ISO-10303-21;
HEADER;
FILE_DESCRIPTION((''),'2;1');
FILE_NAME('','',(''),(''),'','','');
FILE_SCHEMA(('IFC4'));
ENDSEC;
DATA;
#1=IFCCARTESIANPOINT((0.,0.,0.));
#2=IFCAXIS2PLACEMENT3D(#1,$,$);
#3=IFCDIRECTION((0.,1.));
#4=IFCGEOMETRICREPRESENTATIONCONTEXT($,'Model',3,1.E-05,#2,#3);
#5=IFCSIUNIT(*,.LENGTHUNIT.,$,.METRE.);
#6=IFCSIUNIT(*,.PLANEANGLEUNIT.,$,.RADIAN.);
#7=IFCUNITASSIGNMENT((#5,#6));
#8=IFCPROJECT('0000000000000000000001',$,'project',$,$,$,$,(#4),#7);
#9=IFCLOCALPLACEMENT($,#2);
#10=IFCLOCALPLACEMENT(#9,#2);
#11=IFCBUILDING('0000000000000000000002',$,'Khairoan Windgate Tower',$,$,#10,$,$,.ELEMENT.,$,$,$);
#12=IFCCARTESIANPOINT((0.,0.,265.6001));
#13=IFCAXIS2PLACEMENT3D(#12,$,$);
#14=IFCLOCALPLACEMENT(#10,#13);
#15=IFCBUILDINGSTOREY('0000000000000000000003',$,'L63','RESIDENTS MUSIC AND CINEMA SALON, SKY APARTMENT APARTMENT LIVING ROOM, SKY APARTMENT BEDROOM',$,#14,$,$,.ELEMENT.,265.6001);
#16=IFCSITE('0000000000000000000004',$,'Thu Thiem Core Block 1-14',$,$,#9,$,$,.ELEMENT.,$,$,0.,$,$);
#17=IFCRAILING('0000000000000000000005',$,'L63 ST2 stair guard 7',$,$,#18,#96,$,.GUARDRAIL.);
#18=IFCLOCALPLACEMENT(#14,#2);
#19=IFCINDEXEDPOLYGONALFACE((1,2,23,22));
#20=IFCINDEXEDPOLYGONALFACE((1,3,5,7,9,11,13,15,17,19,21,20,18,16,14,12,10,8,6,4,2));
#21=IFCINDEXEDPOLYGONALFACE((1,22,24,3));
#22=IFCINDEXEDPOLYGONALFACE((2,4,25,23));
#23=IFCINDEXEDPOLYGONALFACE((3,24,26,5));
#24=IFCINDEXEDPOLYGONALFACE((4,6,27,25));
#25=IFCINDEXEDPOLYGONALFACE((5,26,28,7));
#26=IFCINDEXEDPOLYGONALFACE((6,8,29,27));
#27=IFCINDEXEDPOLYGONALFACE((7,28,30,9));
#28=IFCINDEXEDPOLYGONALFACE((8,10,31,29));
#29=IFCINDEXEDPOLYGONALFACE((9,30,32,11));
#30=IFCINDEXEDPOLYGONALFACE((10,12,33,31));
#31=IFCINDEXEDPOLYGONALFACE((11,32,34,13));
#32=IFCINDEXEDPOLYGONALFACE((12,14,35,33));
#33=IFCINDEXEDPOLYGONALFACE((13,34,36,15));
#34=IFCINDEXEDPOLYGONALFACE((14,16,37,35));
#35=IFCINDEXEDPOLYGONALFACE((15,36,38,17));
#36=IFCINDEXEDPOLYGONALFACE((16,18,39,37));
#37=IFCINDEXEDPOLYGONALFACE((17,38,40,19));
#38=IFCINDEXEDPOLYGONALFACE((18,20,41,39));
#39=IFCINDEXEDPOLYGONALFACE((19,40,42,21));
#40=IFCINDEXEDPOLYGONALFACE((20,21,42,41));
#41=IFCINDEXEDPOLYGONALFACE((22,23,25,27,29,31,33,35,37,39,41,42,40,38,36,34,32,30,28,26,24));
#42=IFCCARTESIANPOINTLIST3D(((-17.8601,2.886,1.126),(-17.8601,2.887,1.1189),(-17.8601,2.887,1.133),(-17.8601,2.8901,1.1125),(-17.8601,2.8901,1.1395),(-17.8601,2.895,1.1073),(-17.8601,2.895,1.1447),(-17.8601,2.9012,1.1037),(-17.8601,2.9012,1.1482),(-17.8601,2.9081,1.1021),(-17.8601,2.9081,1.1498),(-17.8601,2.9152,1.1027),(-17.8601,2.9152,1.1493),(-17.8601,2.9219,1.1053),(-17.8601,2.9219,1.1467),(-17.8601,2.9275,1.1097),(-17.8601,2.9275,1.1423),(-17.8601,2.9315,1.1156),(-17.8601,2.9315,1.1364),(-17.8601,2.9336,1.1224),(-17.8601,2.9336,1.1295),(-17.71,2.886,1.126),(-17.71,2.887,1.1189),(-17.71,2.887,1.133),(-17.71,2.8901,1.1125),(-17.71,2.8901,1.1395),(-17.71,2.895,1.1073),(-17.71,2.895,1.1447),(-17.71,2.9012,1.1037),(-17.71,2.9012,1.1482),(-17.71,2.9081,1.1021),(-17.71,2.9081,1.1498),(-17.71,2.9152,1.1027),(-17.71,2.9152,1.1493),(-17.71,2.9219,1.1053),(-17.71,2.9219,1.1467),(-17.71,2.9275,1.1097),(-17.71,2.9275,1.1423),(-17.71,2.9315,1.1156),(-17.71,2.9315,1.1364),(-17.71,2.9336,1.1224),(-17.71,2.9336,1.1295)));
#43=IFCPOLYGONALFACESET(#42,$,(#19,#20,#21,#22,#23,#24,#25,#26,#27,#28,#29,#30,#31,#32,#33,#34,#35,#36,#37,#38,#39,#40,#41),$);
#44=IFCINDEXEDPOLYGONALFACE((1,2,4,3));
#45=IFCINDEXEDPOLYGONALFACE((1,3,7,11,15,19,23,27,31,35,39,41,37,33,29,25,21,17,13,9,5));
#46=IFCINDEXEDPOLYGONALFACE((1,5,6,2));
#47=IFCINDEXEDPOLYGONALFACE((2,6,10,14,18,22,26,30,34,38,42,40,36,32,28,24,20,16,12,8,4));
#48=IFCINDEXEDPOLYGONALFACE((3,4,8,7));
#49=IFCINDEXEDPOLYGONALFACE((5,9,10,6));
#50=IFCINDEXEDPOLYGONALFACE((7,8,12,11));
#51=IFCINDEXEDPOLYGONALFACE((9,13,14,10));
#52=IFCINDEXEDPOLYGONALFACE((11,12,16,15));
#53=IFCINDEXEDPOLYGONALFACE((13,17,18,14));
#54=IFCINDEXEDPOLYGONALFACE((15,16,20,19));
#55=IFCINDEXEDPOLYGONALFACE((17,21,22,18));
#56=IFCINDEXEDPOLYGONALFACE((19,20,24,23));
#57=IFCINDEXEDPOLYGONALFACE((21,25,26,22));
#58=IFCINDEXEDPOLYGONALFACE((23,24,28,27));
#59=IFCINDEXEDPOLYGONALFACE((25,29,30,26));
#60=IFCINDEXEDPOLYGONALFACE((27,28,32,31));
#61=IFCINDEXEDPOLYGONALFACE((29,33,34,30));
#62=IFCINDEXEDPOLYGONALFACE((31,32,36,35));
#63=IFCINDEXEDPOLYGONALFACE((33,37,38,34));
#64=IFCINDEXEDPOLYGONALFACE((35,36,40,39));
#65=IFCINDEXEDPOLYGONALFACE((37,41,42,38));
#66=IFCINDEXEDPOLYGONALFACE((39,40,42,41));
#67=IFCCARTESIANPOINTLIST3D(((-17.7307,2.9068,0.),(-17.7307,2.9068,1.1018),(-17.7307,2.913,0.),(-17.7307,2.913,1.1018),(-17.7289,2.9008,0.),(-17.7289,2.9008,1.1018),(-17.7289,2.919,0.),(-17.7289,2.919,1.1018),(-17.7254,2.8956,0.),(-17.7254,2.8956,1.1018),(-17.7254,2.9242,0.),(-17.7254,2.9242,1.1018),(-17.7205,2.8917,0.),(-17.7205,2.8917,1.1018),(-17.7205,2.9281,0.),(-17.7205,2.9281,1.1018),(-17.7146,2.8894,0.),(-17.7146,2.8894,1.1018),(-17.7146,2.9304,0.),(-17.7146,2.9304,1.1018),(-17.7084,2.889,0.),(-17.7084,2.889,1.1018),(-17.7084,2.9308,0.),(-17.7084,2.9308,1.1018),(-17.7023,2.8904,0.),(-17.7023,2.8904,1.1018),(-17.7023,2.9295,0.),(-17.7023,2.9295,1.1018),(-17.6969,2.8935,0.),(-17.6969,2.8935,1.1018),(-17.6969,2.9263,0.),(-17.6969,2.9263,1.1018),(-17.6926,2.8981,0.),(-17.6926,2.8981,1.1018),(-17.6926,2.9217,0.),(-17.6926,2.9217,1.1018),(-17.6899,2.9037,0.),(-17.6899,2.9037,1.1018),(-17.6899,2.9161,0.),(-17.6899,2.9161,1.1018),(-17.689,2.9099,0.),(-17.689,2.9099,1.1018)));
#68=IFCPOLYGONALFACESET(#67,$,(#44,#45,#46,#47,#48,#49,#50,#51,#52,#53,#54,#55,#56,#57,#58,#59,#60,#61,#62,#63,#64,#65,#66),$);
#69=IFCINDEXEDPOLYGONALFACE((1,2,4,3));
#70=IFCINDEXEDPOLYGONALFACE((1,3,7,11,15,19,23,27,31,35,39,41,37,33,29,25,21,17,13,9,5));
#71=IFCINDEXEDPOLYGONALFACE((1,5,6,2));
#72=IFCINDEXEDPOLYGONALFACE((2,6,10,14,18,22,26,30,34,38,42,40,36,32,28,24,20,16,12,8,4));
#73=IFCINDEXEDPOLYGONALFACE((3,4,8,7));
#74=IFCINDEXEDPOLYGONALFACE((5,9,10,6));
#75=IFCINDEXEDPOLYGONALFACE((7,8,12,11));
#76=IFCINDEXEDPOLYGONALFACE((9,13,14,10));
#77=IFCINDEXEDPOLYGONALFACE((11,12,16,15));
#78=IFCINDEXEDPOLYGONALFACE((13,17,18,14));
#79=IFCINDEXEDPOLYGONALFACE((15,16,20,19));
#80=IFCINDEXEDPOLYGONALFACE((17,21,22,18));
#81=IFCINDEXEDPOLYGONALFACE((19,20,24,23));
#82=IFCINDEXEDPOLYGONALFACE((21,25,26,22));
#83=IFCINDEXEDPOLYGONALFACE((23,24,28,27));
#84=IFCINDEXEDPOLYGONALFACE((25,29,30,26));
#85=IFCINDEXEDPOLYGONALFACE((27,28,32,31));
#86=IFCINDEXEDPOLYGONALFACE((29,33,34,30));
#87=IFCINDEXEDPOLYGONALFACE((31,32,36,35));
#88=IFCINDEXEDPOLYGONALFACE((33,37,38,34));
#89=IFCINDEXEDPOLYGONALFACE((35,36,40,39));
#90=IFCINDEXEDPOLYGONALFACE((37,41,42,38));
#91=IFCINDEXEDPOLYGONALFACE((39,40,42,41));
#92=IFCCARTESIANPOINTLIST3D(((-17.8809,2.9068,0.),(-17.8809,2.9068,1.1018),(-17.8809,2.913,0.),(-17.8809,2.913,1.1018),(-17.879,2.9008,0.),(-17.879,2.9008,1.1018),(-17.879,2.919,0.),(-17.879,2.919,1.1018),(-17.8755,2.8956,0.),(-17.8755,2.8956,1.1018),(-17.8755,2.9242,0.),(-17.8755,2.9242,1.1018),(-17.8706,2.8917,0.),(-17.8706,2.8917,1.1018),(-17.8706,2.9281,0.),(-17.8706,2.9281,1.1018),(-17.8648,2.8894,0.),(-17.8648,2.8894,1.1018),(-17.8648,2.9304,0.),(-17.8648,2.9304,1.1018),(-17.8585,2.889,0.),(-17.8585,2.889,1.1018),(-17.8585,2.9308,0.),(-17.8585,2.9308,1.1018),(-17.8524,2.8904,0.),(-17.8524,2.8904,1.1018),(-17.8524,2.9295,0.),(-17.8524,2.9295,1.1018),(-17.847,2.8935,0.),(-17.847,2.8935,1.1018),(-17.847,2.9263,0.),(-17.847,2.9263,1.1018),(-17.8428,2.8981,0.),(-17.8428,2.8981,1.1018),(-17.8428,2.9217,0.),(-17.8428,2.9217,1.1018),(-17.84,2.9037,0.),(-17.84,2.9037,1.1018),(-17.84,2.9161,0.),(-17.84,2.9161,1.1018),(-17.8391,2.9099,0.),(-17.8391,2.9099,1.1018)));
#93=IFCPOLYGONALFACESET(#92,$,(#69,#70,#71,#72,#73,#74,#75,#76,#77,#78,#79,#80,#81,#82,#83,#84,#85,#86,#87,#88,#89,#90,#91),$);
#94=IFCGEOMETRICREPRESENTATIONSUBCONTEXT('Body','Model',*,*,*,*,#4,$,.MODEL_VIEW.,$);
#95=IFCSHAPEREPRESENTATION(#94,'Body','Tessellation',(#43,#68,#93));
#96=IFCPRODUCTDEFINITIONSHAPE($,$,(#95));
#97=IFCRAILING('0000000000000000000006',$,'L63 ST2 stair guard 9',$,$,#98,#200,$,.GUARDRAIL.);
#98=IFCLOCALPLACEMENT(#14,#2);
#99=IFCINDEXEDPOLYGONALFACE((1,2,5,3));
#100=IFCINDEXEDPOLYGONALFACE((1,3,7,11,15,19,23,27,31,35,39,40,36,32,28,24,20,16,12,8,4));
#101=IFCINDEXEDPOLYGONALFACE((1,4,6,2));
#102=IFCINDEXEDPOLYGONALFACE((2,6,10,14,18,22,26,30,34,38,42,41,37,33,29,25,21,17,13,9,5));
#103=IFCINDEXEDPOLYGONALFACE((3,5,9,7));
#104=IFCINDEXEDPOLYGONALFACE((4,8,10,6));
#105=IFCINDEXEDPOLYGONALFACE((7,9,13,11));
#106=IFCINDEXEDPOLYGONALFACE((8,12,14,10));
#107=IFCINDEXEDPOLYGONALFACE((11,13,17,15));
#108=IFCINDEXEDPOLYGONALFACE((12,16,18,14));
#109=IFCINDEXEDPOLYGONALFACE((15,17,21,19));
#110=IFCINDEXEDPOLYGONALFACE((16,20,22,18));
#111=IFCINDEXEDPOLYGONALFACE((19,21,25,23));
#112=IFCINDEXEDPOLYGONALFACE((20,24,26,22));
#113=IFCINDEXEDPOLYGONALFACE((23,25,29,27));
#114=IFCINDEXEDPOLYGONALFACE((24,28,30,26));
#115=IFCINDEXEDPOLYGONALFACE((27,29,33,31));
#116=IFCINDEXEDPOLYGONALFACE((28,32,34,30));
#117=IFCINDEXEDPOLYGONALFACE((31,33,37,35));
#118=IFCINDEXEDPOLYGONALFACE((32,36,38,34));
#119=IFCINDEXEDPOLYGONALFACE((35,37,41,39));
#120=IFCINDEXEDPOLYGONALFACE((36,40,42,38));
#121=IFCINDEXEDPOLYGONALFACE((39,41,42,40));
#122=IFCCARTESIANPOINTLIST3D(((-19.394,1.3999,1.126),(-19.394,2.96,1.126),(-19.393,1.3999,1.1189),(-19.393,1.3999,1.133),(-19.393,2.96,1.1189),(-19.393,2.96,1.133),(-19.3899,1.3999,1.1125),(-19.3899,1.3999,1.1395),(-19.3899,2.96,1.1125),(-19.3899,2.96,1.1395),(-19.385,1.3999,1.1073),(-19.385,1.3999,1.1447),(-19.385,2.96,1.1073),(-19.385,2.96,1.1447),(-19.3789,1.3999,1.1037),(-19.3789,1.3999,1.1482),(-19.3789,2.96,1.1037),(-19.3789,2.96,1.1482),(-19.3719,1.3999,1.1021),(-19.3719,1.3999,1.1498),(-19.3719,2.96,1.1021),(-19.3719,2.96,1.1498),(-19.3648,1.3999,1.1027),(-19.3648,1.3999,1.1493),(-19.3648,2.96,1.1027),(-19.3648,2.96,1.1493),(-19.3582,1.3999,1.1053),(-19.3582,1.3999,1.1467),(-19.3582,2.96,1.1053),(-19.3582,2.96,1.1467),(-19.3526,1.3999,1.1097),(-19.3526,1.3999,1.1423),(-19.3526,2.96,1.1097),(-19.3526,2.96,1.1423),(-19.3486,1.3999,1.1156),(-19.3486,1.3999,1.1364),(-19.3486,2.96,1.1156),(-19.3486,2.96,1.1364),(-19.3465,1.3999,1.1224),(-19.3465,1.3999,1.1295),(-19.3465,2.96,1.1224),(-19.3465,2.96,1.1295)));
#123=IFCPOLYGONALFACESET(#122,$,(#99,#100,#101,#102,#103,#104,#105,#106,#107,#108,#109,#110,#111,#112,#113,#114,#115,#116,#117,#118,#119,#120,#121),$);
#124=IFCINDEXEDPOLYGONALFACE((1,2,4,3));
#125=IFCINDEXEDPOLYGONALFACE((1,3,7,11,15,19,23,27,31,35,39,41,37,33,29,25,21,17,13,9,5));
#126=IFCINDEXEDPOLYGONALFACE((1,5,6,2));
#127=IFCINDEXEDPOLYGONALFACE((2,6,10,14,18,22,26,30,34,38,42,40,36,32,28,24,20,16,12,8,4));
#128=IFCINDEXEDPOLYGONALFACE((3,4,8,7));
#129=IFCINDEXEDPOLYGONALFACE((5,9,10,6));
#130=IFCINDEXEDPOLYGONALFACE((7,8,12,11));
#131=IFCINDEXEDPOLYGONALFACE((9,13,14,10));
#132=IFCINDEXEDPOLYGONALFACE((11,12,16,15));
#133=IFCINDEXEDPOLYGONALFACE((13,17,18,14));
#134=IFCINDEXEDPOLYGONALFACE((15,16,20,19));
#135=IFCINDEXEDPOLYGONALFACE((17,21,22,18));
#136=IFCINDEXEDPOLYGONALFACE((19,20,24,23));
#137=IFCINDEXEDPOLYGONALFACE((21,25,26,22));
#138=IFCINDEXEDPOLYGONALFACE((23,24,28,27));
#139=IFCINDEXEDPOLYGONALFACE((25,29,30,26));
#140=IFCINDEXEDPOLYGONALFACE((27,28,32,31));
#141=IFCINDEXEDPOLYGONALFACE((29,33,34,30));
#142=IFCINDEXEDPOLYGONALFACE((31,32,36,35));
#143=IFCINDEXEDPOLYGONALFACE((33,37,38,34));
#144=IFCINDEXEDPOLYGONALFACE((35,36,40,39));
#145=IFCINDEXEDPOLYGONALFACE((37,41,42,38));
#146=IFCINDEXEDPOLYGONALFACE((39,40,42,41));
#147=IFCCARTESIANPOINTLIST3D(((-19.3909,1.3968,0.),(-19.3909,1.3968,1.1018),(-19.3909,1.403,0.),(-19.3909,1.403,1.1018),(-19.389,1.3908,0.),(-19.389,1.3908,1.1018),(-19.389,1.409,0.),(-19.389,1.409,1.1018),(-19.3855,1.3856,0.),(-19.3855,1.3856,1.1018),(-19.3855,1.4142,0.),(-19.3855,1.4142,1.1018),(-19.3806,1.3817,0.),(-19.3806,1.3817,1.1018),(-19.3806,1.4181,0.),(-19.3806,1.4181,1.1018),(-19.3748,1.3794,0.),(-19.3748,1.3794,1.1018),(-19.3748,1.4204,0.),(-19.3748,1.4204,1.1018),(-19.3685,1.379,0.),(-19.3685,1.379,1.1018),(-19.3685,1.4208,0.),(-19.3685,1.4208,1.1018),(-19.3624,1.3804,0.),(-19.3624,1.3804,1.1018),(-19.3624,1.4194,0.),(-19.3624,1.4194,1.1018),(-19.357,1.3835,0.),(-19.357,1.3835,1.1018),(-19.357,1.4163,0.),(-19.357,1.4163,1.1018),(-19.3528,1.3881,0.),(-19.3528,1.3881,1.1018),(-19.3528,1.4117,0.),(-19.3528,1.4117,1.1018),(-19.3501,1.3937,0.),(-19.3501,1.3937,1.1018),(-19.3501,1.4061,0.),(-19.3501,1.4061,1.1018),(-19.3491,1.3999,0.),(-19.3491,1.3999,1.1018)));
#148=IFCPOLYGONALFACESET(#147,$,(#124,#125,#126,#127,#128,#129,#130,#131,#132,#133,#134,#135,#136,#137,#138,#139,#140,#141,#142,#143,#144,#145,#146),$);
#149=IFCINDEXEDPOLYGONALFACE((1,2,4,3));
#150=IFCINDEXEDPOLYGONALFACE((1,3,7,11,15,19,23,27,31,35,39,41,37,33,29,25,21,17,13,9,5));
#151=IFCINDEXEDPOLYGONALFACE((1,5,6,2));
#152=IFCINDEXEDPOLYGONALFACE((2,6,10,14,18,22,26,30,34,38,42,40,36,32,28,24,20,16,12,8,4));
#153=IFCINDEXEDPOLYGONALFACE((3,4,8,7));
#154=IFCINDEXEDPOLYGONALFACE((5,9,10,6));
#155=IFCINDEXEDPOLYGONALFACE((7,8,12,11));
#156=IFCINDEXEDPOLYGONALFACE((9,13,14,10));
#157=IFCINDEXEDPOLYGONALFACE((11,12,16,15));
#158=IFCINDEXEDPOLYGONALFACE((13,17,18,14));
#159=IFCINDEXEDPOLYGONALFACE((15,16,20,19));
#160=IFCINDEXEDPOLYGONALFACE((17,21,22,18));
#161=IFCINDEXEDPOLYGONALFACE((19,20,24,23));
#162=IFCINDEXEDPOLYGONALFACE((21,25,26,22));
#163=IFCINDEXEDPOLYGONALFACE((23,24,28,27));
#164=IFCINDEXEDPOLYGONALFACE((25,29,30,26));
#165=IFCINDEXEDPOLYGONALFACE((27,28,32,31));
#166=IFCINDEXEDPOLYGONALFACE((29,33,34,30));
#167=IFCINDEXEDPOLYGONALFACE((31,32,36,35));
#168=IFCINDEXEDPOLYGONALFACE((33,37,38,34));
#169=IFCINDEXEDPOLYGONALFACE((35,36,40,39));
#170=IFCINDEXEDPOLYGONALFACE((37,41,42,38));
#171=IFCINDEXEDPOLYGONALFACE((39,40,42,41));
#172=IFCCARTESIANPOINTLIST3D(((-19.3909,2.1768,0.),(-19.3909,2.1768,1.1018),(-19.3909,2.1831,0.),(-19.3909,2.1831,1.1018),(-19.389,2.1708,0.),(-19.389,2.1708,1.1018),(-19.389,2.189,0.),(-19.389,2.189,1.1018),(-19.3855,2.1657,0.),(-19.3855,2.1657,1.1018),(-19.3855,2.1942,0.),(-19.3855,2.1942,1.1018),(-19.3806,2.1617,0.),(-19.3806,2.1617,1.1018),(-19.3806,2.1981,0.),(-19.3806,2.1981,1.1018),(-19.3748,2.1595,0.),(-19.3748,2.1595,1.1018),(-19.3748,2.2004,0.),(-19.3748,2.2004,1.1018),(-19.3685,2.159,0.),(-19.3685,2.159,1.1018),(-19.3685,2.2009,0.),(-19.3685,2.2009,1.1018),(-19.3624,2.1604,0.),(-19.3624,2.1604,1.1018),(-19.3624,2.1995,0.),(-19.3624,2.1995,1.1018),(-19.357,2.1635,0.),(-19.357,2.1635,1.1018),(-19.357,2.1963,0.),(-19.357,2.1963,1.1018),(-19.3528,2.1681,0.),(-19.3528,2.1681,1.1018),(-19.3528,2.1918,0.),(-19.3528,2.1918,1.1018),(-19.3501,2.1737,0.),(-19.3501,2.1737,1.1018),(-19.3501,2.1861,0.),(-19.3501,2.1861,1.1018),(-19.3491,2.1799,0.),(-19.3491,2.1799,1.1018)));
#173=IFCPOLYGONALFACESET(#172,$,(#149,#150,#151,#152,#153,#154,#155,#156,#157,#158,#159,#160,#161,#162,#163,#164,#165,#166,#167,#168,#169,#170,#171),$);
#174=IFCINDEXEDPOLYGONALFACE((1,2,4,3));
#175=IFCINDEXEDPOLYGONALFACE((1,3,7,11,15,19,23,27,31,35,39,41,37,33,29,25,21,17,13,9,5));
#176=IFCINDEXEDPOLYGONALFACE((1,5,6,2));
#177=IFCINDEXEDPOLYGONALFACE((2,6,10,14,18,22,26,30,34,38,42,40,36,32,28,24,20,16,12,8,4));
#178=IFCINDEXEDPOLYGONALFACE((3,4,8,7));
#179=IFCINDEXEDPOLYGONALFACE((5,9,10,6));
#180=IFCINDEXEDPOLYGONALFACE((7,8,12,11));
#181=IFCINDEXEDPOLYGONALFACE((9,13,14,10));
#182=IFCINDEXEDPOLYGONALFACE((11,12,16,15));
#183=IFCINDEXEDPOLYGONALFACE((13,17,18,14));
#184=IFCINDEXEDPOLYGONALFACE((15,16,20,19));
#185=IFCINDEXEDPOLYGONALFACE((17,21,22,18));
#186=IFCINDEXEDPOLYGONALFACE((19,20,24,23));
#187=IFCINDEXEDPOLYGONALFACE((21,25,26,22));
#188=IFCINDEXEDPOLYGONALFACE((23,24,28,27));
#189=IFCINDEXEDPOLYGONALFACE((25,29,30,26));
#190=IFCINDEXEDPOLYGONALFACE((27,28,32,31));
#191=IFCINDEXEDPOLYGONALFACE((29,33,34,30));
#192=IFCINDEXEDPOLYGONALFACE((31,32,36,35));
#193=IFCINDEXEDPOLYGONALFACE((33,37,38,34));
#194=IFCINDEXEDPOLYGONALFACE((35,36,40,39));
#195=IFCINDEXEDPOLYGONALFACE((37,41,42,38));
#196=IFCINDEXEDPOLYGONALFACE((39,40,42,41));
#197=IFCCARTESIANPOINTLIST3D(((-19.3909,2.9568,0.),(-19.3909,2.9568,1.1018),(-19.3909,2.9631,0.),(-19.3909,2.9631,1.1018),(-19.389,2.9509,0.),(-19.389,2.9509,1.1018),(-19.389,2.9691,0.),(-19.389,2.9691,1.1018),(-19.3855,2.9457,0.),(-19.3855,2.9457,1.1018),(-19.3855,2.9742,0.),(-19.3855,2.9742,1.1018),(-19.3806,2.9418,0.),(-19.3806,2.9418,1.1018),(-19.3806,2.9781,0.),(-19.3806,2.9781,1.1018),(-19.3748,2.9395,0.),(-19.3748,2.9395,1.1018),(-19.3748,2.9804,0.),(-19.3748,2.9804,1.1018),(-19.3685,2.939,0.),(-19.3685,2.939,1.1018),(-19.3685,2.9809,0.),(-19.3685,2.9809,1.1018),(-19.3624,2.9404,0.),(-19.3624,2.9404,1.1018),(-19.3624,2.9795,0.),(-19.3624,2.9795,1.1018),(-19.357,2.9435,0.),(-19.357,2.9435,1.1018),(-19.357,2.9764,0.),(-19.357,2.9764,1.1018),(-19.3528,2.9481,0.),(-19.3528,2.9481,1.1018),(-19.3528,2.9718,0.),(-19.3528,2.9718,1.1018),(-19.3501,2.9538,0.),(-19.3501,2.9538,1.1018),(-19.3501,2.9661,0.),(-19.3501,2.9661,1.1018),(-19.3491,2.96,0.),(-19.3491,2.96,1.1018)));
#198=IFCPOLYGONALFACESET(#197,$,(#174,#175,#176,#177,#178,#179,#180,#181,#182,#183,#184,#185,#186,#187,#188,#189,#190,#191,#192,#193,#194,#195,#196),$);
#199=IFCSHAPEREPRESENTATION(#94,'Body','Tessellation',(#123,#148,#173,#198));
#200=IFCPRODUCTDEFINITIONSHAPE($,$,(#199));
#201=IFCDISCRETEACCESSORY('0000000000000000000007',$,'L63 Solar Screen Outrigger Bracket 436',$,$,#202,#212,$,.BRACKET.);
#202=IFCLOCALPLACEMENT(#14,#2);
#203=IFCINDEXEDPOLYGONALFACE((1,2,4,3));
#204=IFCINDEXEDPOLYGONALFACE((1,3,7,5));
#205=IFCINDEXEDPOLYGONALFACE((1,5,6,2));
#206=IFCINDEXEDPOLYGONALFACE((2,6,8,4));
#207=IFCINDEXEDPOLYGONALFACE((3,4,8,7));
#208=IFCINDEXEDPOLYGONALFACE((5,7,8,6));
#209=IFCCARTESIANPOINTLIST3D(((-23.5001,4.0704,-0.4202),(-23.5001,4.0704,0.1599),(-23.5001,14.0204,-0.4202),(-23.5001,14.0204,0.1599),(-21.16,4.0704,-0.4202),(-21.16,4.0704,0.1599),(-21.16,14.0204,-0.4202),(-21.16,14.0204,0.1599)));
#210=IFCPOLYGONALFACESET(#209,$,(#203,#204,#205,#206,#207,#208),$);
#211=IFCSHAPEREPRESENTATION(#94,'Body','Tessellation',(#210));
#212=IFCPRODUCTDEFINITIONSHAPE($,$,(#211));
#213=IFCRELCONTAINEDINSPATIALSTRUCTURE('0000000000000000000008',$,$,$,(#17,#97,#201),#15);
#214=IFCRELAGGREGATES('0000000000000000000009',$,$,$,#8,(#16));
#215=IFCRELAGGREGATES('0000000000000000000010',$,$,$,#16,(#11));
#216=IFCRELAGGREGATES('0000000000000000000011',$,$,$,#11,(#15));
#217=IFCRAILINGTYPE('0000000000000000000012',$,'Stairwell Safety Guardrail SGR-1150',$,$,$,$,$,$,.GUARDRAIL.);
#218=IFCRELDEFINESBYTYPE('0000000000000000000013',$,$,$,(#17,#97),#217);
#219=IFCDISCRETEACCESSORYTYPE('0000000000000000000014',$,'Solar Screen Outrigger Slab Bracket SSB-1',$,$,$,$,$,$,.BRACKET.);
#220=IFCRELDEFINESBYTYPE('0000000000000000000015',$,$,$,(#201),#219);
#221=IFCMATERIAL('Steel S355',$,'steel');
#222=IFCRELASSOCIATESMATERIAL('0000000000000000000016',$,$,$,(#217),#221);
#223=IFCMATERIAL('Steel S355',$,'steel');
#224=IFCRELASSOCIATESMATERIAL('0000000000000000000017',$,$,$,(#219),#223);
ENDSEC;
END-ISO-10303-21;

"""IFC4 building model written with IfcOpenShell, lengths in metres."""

from ifc_helpers import new_model, si_unit, direction, frame, origin, origin_2d, place, context, subcontext, project, spatial, rectangle, circle, extrude, material, type_object, element, save


model = new_model("IFC4")

# Units and contexts
model_context = context("Model", 3, precision=1e-05, world=origin(), true_north=direction((0.0, 1.0)))
body_context = subcontext(model_context, "Body", "Model", "MODEL_VIEW")
ifc_project = project(units=[si_unit("LENGTHUNIT", "METRE"), si_unit("PLANEANGLEUNIT", "RADIAN")], contexts=[model_context])

# Site, building, storey
site_placement = place(None, origin())
site = spatial("IfcSite", under=ifc_project, at=site_placement, Name="Thu Thiem Core Block 1-14", CompositionType="ELEMENT", RefElevation=0.0)
building_placement = place(site_placement, origin())
building = spatial("IfcBuilding", under=site, at=building_placement, Name="Khairoan Windgate Tower", CompositionType="ELEMENT")
storey_placement = place(building_placement, frame((0.0, 0.0, 265.6001)))
storey = spatial("IfcBuildingStorey", under=building, at=storey_placement, Name="L63", Description="RESIDENTS MUSIC AND CINEMA SALON, SKY APARTMENT APARTMENT LIVING ROOM, SKY APARTMENT BEDROOM", CompositionType="ELEMENT", Elevation=265.6001)

# Railings
ifc_material_1 = material(Name="Steel S355", Category="steel")
railing_type_1 = type_object("IfcRailingType", Name="Stairwell Safety Guardrail SGR-1150", PredefinedType="GUARDRAIL", material=ifc_material_1)
railing_1_placement = place(storey_placement, frame((-17.71, 2.9099, 0.0)))
element("IfcRailing", 1, at=railing_1_placement, inside=storey, type_object=railing_type_1, Name="L63 ST2 stair guard 7", PredefinedType="GUARDRAIL", context=body_context, shape_type="SweptSolid", body=[
    extrude(circle(Radius=0.0239, at=origin_2d()), frame((0.0, 0.0, 1.126), z_axis=(-1.0, 0.0, 0.0), x_axis=(0.0, -1.0, 0.0)), (0.0, 0.0, 1.0), 0.1501),
    extrude(circle(Radius=0.021, at=origin_2d()), origin(), (0.0, 0.0, 1.0), 1.1018),
    extrude(circle(Radius=0.021, at=origin_2d()), frame((-0.1501, 0.0, 0.0)), (0.0, 0.0, 1.0), 1.1018),
])
railing_2_placement = place(storey_placement, frame((-19.3701, 1.3999, 0.0)))
element("IfcRailing", 2, at=railing_2_placement, inside=storey, type_object=railing_type_1, Name="L63 ST2 stair guard 9", PredefinedType="GUARDRAIL", context=body_context, shape_type="SweptSolid", body=[
    extrude(circle(Radius=0.0239, at=origin_2d()), frame((0.0, 0.0, 1.126), z_axis=(0.0, 1.0, 0.0), x_axis=(-1.0, 0.0, 0.0)), (0.0, 0.0, 1.0), 1.5601),
    extrude(circle(Radius=0.021, at=origin_2d()), origin(), (0.0, 0.0, 1.0), 1.1018),
    extrude(circle(Radius=0.021, at=origin_2d()), frame((0.0, 0.78, 0.0)), (0.0, 0.0, 1.0), 1.1018),
    extrude(circle(Radius=0.021, at=origin_2d()), frame((0.0, 1.5601, 0.0)), (0.0, 0.0, 1.0), 1.1018),
])

# Discrete accessory
ifc_material_2 = material(Name="Steel S355", Category="steel")
discrete_accessory_type = type_object("IfcDiscreteAccessoryType", Name="Solar Screen Outrigger Slab Bracket SSB-1", PredefinedType="BRACKET", material=ifc_material_2)
discrete_accessory_placement = place(storey_placement, frame((-22.3301, 9.0454, -0.4202), z_axis=(0.0, 0.0, 1.0), x_axis=(0.0, 1.0, 0.0)))
element("IfcDiscreteAccessory", 3, at=discrete_accessory_placement, inside=storey, type_object=discrete_accessory_type, Name="L63 Solar Screen Outrigger Bracket 436", PredefinedType="BRACKET", context=body_context, shape_type="SweptSolid", body=[
    extrude(rectangle(XDim=9.95, YDim=2.3401, at=origin_2d()), origin(), (0.0, 0.0, 1.0), 0.5801),
])

save(model, "model.ifc")
